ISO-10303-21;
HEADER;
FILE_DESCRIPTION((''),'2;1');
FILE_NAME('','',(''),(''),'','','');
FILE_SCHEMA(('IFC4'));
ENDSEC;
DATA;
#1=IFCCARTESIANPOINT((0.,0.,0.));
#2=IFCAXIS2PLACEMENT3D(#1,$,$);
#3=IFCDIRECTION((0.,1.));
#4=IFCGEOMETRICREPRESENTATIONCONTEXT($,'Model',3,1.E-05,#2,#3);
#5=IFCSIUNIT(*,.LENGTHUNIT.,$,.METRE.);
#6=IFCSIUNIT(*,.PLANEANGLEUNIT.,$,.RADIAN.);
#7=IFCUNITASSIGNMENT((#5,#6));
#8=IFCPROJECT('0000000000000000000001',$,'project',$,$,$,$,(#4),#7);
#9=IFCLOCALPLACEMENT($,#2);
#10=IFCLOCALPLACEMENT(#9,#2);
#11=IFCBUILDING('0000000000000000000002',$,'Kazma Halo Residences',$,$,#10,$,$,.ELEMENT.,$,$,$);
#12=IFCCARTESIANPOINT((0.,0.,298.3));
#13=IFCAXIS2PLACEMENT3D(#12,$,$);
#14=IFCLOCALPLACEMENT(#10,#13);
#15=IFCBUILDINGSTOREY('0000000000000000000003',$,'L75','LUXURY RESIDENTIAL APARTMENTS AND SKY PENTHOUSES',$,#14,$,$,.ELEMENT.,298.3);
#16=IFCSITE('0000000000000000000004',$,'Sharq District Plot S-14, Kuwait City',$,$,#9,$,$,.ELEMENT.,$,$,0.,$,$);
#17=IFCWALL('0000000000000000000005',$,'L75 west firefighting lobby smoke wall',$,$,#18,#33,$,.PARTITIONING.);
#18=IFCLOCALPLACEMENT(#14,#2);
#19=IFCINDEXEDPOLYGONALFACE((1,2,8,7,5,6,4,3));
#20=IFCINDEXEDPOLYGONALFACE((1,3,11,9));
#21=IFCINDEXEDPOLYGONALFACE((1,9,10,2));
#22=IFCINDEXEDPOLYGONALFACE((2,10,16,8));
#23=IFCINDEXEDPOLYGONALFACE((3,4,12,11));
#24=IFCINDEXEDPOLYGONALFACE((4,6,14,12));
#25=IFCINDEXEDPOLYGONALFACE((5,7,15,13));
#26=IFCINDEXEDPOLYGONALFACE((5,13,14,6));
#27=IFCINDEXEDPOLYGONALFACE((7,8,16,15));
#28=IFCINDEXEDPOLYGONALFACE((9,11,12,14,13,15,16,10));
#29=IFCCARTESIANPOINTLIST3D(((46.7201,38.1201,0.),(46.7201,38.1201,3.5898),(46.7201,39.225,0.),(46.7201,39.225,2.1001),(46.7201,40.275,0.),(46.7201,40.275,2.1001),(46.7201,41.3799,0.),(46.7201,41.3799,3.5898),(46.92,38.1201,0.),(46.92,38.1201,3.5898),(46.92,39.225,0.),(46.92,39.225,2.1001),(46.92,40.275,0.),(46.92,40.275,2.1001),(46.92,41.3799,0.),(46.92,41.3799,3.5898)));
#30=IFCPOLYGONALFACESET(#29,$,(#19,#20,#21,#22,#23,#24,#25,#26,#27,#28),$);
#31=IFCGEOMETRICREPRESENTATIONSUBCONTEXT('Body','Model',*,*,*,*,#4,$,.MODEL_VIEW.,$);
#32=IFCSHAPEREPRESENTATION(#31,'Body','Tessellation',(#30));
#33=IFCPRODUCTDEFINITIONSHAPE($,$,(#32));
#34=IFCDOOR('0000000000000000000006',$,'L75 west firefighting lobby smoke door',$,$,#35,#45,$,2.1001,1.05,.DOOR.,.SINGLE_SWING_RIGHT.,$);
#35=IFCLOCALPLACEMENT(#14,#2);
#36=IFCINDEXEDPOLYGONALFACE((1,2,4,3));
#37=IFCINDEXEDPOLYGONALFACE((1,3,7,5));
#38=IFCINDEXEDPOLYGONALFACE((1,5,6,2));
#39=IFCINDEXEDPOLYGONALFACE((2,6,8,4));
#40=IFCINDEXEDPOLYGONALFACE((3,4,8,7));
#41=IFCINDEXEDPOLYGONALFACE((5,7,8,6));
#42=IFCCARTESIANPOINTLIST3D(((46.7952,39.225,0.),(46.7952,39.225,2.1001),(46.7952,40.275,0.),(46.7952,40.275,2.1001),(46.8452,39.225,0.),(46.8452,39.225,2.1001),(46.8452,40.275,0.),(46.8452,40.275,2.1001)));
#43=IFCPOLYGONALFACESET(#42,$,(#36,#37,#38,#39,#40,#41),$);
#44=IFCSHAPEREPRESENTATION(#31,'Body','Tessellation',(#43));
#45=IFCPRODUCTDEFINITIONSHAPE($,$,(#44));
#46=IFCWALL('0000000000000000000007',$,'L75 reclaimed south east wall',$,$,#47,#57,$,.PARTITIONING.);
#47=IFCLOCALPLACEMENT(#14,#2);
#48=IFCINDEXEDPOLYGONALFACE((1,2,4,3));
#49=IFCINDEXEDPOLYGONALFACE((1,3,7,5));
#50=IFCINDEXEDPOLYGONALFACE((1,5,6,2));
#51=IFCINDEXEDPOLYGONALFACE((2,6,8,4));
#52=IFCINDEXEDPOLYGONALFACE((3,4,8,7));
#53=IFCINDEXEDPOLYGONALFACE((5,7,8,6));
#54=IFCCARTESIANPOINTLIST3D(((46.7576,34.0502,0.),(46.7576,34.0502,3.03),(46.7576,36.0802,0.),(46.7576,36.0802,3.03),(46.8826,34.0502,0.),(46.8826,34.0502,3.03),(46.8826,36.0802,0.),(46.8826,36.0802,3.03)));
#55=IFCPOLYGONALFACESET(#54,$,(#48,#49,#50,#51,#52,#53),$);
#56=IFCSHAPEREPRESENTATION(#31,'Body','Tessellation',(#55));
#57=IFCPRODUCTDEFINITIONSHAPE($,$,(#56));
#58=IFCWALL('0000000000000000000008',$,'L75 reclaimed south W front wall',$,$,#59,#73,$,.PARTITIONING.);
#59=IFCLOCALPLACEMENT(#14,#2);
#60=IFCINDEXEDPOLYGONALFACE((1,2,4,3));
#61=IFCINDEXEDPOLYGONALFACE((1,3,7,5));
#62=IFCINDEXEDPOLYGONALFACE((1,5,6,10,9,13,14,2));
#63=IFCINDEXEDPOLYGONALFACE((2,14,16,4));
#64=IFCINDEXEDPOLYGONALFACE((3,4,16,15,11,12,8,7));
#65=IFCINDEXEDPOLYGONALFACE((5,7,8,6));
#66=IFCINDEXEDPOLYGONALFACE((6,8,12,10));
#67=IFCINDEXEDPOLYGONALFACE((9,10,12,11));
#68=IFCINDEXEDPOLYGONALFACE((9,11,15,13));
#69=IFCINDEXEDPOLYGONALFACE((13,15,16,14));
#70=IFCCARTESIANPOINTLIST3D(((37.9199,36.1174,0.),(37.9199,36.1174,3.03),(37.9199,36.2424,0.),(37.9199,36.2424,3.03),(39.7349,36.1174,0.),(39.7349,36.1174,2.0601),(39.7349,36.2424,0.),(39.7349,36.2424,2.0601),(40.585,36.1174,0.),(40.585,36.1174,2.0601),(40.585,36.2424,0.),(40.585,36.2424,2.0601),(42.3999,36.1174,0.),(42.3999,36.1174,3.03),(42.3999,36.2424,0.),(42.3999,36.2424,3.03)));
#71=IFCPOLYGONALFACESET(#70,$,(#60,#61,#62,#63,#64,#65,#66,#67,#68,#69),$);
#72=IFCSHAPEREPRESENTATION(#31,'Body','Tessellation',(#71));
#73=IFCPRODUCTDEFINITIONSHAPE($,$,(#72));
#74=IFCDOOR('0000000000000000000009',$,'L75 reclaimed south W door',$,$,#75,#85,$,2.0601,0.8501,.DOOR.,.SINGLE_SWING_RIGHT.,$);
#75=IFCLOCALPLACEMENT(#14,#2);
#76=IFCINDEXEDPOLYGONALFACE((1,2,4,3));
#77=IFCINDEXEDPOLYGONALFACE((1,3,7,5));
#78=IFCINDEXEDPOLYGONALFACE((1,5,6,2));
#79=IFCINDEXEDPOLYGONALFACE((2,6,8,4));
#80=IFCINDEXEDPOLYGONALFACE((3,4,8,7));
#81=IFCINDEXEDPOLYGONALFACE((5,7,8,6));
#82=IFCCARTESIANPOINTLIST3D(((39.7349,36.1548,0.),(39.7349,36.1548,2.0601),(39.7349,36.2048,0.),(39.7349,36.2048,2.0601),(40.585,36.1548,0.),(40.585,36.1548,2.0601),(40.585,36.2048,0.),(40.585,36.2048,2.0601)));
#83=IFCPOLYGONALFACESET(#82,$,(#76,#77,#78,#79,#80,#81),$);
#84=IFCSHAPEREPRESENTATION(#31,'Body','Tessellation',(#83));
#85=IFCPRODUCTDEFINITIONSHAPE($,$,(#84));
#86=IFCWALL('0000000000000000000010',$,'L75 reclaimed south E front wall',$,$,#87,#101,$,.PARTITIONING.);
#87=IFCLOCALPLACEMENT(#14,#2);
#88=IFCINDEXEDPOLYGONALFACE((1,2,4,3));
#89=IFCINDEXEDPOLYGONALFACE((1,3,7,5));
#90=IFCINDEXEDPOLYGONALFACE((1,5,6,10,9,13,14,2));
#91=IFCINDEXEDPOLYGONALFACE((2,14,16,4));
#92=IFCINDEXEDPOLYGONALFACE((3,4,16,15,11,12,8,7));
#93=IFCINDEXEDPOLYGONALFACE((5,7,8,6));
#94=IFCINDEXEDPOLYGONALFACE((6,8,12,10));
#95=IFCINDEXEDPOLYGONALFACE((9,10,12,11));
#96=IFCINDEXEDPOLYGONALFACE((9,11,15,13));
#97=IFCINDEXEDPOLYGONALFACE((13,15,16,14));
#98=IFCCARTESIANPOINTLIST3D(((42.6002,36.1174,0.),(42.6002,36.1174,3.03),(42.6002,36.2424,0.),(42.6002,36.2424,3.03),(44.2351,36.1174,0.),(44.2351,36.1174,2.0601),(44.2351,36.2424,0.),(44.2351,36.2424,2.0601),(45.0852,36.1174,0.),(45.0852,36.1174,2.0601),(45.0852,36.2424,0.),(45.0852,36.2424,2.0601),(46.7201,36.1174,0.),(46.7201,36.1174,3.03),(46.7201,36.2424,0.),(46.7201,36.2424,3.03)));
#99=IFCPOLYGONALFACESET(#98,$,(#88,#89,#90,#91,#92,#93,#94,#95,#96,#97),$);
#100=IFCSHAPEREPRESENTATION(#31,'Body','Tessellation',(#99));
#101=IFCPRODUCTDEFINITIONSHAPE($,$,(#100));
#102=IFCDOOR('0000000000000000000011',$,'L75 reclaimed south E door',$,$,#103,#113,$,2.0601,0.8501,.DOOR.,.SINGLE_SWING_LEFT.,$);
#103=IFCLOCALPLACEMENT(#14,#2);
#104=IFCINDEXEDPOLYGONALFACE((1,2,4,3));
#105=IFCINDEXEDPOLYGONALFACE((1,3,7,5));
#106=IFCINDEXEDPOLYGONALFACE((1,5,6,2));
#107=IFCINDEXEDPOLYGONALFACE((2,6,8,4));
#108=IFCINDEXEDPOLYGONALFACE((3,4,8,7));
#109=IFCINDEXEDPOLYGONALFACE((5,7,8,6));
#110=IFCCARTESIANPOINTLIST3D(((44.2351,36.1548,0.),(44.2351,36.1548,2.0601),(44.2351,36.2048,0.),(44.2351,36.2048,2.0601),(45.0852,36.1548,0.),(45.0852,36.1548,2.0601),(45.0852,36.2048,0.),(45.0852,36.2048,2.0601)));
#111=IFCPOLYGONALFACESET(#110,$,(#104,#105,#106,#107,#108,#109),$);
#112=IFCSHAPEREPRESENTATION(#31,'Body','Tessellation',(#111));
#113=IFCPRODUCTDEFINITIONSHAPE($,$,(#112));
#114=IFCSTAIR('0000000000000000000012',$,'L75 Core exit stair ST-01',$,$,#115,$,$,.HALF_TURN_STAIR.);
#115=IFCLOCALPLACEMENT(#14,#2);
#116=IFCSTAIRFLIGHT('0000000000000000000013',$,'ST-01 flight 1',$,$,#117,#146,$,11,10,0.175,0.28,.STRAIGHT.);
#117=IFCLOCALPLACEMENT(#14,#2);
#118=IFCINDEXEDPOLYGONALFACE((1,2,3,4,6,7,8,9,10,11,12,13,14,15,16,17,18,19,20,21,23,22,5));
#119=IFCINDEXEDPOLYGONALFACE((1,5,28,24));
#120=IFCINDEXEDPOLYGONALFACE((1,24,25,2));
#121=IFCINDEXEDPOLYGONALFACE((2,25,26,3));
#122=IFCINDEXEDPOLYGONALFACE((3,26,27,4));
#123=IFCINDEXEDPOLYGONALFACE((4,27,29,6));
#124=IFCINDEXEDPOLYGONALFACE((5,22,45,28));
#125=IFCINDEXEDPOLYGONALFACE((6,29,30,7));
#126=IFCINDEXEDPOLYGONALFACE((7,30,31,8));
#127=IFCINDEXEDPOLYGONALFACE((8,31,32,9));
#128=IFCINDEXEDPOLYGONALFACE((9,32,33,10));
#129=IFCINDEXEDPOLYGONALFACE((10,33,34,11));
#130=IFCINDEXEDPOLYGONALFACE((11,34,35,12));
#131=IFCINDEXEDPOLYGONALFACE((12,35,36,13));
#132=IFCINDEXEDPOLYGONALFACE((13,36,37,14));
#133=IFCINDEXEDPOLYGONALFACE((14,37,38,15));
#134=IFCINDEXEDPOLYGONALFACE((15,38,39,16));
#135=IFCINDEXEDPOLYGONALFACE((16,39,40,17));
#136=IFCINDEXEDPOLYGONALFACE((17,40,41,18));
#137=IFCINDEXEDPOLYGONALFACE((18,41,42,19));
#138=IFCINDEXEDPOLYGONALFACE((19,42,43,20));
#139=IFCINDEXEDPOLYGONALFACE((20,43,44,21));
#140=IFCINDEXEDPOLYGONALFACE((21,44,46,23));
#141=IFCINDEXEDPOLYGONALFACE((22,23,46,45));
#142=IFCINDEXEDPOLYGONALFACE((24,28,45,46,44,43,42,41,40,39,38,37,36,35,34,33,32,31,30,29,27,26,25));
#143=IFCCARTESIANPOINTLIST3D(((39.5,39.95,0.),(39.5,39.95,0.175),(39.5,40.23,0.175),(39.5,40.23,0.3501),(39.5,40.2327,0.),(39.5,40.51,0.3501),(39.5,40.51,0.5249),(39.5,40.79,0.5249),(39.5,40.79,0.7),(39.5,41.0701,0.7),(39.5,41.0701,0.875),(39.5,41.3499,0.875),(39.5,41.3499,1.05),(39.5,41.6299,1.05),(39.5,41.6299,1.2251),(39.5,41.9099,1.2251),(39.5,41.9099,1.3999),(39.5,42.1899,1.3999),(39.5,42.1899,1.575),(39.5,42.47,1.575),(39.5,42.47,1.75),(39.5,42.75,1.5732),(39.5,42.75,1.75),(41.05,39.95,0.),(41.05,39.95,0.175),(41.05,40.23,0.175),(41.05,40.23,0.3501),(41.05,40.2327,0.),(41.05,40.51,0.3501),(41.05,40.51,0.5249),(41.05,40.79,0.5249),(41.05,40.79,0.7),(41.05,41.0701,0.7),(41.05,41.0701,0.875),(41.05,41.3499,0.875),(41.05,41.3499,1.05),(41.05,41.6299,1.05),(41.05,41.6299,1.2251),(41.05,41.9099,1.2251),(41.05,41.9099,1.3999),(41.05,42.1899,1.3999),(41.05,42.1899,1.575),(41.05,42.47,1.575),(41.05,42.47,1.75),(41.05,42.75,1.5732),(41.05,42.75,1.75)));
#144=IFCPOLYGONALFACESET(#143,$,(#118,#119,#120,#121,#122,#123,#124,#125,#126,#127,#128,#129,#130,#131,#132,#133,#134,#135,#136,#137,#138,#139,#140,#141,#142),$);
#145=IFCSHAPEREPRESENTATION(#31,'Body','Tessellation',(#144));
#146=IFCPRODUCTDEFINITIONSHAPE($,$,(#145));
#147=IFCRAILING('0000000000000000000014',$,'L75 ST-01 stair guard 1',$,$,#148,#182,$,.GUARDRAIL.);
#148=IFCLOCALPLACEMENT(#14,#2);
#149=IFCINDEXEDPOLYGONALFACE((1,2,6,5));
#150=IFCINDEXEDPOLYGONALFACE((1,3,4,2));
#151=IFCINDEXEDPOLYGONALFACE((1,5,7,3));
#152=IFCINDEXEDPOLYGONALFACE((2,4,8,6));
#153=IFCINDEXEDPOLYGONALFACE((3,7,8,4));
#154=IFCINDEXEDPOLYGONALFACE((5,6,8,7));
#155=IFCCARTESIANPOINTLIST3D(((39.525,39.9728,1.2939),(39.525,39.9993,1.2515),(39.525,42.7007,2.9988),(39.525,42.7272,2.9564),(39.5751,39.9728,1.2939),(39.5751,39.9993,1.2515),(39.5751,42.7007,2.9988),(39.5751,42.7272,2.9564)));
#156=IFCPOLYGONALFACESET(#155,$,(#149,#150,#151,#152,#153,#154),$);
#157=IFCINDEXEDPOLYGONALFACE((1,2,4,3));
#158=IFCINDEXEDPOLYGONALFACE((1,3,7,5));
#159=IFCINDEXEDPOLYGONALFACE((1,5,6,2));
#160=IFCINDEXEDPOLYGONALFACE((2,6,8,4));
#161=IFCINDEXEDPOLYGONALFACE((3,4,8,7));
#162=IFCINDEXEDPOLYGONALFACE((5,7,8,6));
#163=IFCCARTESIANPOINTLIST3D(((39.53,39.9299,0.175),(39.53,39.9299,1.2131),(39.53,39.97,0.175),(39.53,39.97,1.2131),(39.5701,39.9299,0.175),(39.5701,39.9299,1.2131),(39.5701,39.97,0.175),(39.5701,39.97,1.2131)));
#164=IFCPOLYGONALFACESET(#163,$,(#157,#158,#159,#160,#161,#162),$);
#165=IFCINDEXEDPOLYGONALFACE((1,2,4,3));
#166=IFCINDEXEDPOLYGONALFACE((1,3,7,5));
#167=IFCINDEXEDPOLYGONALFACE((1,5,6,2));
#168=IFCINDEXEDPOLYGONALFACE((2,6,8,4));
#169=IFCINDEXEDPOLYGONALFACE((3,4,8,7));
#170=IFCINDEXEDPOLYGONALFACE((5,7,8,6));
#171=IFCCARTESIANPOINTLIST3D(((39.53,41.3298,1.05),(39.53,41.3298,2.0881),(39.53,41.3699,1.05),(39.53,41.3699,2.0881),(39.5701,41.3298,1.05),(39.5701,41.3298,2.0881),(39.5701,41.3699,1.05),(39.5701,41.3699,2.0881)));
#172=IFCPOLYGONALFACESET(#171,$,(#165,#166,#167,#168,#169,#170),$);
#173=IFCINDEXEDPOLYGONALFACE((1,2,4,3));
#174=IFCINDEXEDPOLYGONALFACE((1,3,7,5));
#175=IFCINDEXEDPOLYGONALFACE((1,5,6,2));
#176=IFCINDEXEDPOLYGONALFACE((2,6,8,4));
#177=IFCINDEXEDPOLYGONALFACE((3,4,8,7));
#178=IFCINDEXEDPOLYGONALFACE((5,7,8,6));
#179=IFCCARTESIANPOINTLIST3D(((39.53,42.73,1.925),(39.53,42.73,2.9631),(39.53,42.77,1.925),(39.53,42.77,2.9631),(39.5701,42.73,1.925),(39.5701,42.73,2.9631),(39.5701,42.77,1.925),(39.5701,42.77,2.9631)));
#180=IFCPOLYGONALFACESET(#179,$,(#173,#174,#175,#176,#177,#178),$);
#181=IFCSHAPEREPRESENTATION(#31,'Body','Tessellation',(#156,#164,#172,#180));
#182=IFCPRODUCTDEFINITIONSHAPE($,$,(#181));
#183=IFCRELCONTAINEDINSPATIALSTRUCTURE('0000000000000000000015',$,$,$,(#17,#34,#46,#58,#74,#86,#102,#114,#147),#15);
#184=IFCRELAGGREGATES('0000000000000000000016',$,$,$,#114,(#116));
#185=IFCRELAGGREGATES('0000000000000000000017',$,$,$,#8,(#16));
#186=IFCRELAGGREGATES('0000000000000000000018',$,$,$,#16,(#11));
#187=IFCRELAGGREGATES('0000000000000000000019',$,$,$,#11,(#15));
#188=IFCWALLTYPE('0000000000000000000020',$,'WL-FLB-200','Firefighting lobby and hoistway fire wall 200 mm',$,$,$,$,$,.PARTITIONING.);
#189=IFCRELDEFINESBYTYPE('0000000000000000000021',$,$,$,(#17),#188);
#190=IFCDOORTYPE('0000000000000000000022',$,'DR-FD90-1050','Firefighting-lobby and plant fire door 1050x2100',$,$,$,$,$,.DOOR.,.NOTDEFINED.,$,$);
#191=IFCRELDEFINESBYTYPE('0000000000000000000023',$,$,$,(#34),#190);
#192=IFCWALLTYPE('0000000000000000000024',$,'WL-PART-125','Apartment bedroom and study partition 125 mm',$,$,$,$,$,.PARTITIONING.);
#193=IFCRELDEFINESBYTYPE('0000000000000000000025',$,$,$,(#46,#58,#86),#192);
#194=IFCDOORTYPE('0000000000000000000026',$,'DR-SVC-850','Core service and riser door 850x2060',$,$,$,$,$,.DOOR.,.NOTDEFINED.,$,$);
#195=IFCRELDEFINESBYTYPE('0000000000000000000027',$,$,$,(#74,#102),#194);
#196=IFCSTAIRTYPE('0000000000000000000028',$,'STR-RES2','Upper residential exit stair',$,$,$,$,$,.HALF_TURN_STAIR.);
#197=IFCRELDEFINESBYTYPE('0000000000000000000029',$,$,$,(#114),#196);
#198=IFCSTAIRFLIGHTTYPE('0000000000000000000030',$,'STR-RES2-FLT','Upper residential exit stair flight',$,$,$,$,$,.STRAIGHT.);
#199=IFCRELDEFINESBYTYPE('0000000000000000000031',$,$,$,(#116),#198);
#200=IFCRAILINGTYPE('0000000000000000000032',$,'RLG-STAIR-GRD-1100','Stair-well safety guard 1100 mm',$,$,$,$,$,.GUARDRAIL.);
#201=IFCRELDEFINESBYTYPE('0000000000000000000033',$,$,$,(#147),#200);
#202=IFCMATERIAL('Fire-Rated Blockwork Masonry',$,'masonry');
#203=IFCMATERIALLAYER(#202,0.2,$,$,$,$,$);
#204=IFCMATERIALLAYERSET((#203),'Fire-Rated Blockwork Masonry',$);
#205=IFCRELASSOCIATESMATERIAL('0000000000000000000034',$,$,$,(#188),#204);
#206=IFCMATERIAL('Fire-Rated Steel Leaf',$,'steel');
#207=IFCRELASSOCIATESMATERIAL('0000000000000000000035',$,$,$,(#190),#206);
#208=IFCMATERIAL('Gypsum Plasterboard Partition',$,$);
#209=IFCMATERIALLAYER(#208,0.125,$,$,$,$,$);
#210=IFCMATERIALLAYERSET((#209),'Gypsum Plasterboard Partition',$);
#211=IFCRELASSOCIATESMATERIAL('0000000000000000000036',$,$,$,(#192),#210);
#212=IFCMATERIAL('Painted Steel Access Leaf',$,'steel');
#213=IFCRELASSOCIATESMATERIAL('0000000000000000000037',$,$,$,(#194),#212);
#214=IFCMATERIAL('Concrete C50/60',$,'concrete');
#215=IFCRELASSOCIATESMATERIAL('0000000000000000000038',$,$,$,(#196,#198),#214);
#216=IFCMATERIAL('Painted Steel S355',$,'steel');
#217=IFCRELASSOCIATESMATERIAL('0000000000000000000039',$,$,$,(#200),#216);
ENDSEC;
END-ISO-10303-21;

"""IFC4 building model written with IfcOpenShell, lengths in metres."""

from ifc_helpers import new_model, si_unit, direction, frame, frame_2d, origin, origin_2d, place, context, subcontext, project, spatial, polyline, rectangle, outline, extrude, material, layer, layer_set, type_object, element, fill, aggregate, save


model = new_model("IFC4")

# Units and contexts
model_context = context("Model", 3, precision=1e-05, world=origin(), true_north=direction((0.0, 1.0)))
body_context = subcontext(model_context, "Body", "Model", "MODEL_VIEW")
ifc_project = project(units=[si_unit("LENGTHUNIT", "METRE"), si_unit("PLANEANGLEUNIT", "RADIAN")], contexts=[model_context])

# Site, building, storey
site_placement = place(None, origin())
site = spatial("IfcSite", under=ifc_project, at=site_placement, Name="Sharq District Plot S-14, Kuwait City", CompositionType="ELEMENT", RefElevation=0.0)
building_placement = place(site_placement, origin())
building = spatial("IfcBuilding", under=site, at=building_placement, Name="Kazma Halo Residences", CompositionType="ELEMENT")
storey_placement = place(building_placement, frame((0.0, 0.0, 298.3)))
storey = spatial("IfcBuildingStorey", under=building, at=storey_placement, Name="L75", Description="LUXURY RESIDENTIAL APARTMENTS AND SKY PENTHOUSES", CompositionType="ELEMENT", Elevation=298.3)

# Shared definitions
ifc_material_1 = material(Name="Fire-Rated Blockwork Masonry", Category="masonry")
ifc_layer_1 = layer(ifc_material_1, 0.2)
ifc_layer_set_1 = layer_set([ifc_layer_1], Name="Fire-Rated Blockwork Masonry")
wall_type_1 = type_object("IfcWallType", Name="WL-FLB-200", Description="Firefighting lobby and hoistway fire wall 200 mm", PredefinedType="PARTITIONING", material=ifc_layer_set_1)

# Wall, opening, door
wall_1_placement = place(storey_placement, frame((46.8201, 38.1201, 0.0), z_axis=(0.0, 0.0, 1.0), x_axis=(0.0, 1.0, 0.0)))
wall_1 = element("IfcWall", 1, at=wall_1_placement, inside=storey, type_object=wall_type_1, Name="L75 west firefighting lobby smoke wall", PredefinedType="PARTITIONING", context=body_context, shape_type="SweptSolid", body=[
    extrude(rectangle(XDim=3.2598, YDim=0.2, at=frame_2d((1.6299, 0.0))), origin(), (0.0, 0.0, 1.0), 3.5898),
])
opening_1_placement = place(wall_1_placement, frame((1.105, 0.0, 0.0)))
opening_1 = element("IfcOpeningElement", 2, at=opening_1_placement, cuts=wall_1, PredefinedType="OPENING", context=body_context, shape_type="SweptSolid", body=[
    extrude(rectangle(XDim=1.05, YDim=2.1001, at=frame_2d((0.5249, 1.05))), frame((0.0, 0.1099, 0.0), z_axis=(0.0, -1.0, 0.0), x_axis=(1.0, 0.0, 0.0)), (0.0, 0.0, 1.0), 0.22),
])
ifc_material_2 = material(Name="Fire-Rated Steel Leaf", Category="steel")
door_type_1 = type_object("IfcDoorType", Name="DR-FD90-1050", Description="Firefighting-lobby and plant fire door 1050x2100", OperationType="NOTDEFINED", PredefinedType="DOOR", material=ifc_material_2)
door_1_placement = place(opening_1_placement, origin())
door_1 = element("IfcDoor", 3, at=door_1_placement, inside=storey, type_object=door_type_1, Name="L75 west firefighting lobby smoke door", OperationType="SINGLE_SWING_RIGHT", OverallHeight=2.1001, OverallWidth=1.05, PredefinedType="DOOR", context=body_context, shape_type="SweptSolid", body=[
    extrude(rectangle(XDim=1.05, YDim=2.1001, at=frame_2d((0.5249, 1.05))), frame((0.0, 0.0249, 0.0), z_axis=(0.0, -1.0, 0.0), x_axis=(1.0, 0.0, 0.0)), (0.0, 0.0, 1.0), 0.05),
])
fill(opening_1, door_1)

# Wall
ifc_material_3 = material(Name="Gypsum Plasterboard Partition")
ifc_layer_2 = layer(ifc_material_3, 0.125)
ifc_layer_set_2 = layer_set([ifc_layer_2], Name="Gypsum Plasterboard Partition")
wall_type_2 = type_object("IfcWallType", Name="WL-PART-125", Description="Apartment bedroom and study partition 125 mm", PredefinedType="PARTITIONING", material=ifc_layer_set_2)
wall_2_placement = place(storey_placement, frame((46.8201, 34.05, 0.0), z_axis=(0.0, 0.0, 1.0), x_axis=(0.0, 1.0, 0.0)))
element("IfcWall", 4, at=wall_2_placement, inside=storey, type_object=wall_type_2, Name="L75 reclaimed south east wall", PredefinedType="PARTITIONING", context=body_context, shape_type="SweptSolid", body=[
    extrude(rectangle(XDim=2.03, YDim=0.125, at=frame_2d((1.0151, 0.0))), origin(), (0.0, 0.0, 1.0), 3.03),
])

# Walls, openings, doors
wall_3_placement = place(storey_placement, frame((37.9199, 36.1799, 0.0), z_axis=(0.0, 0.0, 1.0), x_axis=(1.0, 0.0, 0.0)))
wall_3 = element("IfcWall", 5, at=wall_3_placement, inside=storey, type_object=wall_type_2, Name="L75 reclaimed south W front wall", PredefinedType="PARTITIONING", context=body_context, shape_type="SweptSolid", body=[
    extrude(rectangle(XDim=4.48, YDim=0.125, at=frame_2d((2.24, 0.0))), origin(), (0.0, 0.0, 1.0), 3.03),
])
opening_2_placement = place(wall_3_placement, frame((1.8149, 0.0, 0.0)))
opening_2 = element("IfcOpeningElement", 6, at=opening_2_placement, cuts=wall_3, PredefinedType="OPENING", context=body_context, shape_type="SweptSolid", body=[
    extrude(rectangle(XDim=0.8501, YDim=2.0601, at=frame_2d((0.425, 1.03))), frame((0.0, 0.0725, 0.0), z_axis=(0.0, -1.0, 0.0), x_axis=(1.0, 0.0, 0.0)), (0.0, 0.0, 1.0), 0.145),
])
ifc_material_4 = material(Name="Painted Steel Access Leaf", Category="steel")
door_type_2 = type_object("IfcDoorType", Name="DR-SVC-850", Description="Core service and riser door 850x2060", OperationType="NOTDEFINED", PredefinedType="DOOR", material=ifc_material_4)
door_2_placement = place(opening_2_placement, origin())
door_2 = element("IfcDoor", 7, at=door_2_placement, inside=storey, type_object=door_type_2, Name="L75 reclaimed south W door", OperationType="SINGLE_SWING_RIGHT", OverallHeight=2.0601, OverallWidth=0.8501, PredefinedType="DOOR", context=body_context, shape_type="SweptSolid", body=[
    extrude(rectangle(XDim=0.8501, YDim=2.0601, at=frame_2d((0.425, 1.03))), frame((0.0, 0.0249, 0.0), z_axis=(0.0, -1.0, 0.0), x_axis=(1.0, 0.0, 0.0)), (0.0, 0.0, 1.0), 0.05),
])
fill(opening_2, door_2)
wall_4_placement = place(storey_placement, frame((42.6001, 36.1799, 0.0), z_axis=(0.0, 0.0, 1.0), x_axis=(1.0, 0.0, 0.0)))
wall_4 = element("IfcWall", 8, at=wall_4_placement, inside=storey, type_object=wall_type_2, Name="L75 reclaimed south E front wall", PredefinedType="PARTITIONING", context=body_context, shape_type="SweptSolid", body=[
    extrude(rectangle(XDim=4.1199, YDim=0.125, at=frame_2d((2.0601, 0.0))), origin(), (0.0, 0.0, 1.0), 3.03),
])
opening_3_placement = place(wall_4_placement, frame((1.635, 0.0, 0.0)))
opening_3 = element("IfcOpeningElement", 9, at=opening_3_placement, cuts=wall_4, PredefinedType="OPENING", context=body_context, shape_type="SweptSolid", body=[
    extrude(rectangle(XDim=0.8501, YDim=2.0601, at=frame_2d((0.425, 1.03))), frame((0.0, 0.0725, 0.0), z_axis=(0.0, -1.0, 0.0), x_axis=(1.0, 0.0, 0.0)), (0.0, 0.0, 1.0), 0.145),
])
door_3_placement = place(opening_3_placement, origin())
door_3 = element("IfcDoor", 10, at=door_3_placement, inside=storey, type_object=door_type_2, Name="L75 reclaimed south E door", OperationType="SINGLE_SWING_LEFT", OverallHeight=2.0601, OverallWidth=0.8501, PredefinedType="DOOR", context=body_context, shape_type="SweptSolid", body=[
    extrude(rectangle(XDim=0.8501, YDim=2.0601, at=frame_2d((0.425, 1.03))), frame((0.0, 0.0249, 0.0), z_axis=(0.0, -1.0, 0.0), x_axis=(1.0, 0.0, 0.0)), (0.0, 0.0, 1.0), 0.05),
])
fill(opening_3, door_3)
ifc_material_5 = material(Name="Concrete C50/60", Category="concrete")

# Stair, stair flight
stair_type = type_object("IfcStairType", Name="STR-RES2", Description="Upper residential exit stair", PredefinedType="HALF_TURN_STAIR", material=ifc_material_5)
stair_placement = place(storey_placement, origin())
stair = element("IfcStair", 11, at=stair_placement, inside=storey, type_object=stair_type, Name="L75 Core exit stair ST-01", PredefinedType="HALF_TURN_STAIR")
stair_flight_type = type_object("IfcStairFlightType", Name="STR-RES2-FLT", Description="Upper residential exit stair flight", PredefinedType="STRAIGHT", material=ifc_material_5)
stair_flight_placement = place(storey_placement, frame((40.2749, 39.95, 0.0), z_axis=(0.0, 0.0, 1.0), x_axis=(0.0, 1.0, 0.0)))
stair_flight = element("IfcStairFlight", 12, at=stair_flight_placement, type_object=stair_flight_type, Name="ST-01 flight 1", NumberOfRisers=11, NumberOfTreads=10, PredefinedType="STRAIGHT", RiserHeight=0.175, TreadLength=0.28, context=body_context, shape_type="SweptSolid", body=[
    extrude(outline(polyline([(0.0, 0.0), (0.0, 0.175), (0.28, 0.175), (0.28, 0.3501), (0.5601, 0.3501), (0.5601, 0.5249), (0.8401, 0.5249), (0.8401, 0.7), (1.1201, 0.7), (1.1201, 0.875), (1.3999, 0.875), (1.3999, 1.05), (1.6799, 1.05), (1.6799, 1.2251), (1.96, 1.2251), (1.96, 1.3999), (2.24, 1.3999), (2.24, 1.575), (2.52, 1.575), (2.52, 1.75), (2.8, 1.75), (2.8, 1.925), (2.8, 1.5732), (0.2827, 0.0), (0.0, 0.0)])), frame((0.0, 0.7749, 0.0), z_axis=(0.0, -1.0, 0.0), x_axis=(1.0, 0.0, 0.0)), (0.0, 0.0, 1.0), 1.55),
])
aggregate(stair, [stair_flight])

# Railing
ifc_material_6 = material(Name="Painted Steel S355", Category="steel")
railing_type_1 = type_object("IfcRailingType", Name="RLG-STAIR-GRD-1100", Description="Stair-well safety guard 1100 mm", PredefinedType="GUARDRAIL", material=ifc_material_6)
railing_1_placement = place(storey_placement, frame((39.55, 39.95, 0.175)))
element("IfcRailing", 13, at=railing_1_placement, inside=storey, type_object=railing_type_1, Name="L75 ST-01 stair guard 1", PredefinedType="GUARDRAIL", context=body_context, shape_type="SweptSolid", body=[
    extrude(rectangle(XDim=0.05, YDim=0.05, at=origin_2d()), frame((0.0, 0.0361, 1.0977), z_axis=(0.0, 0.848002, 0.529992), x_axis=(-1.0, 0.0, 0.0)), (0.0, 0.0, 1.0), 3.2168),
    extrude(rectangle(XDim=0.04, YDim=0.04, at=origin_2d()), origin(), (0.0, 0.0, 1.0), 1.0381),
    extrude(rectangle(XDim=0.04, YDim=0.04, at=origin_2d()), frame((0.0, 1.3999, 0.875)), (0.0, 0.0, 1.0), 1.0381),
    extrude(rectangle(XDim=0.04, YDim=0.04, at=origin_2d()), frame((0.0, 2.8, 1.75)), (0.0, 0.0, 1.0), 1.0381),
])

save(model, "model.ifc")
